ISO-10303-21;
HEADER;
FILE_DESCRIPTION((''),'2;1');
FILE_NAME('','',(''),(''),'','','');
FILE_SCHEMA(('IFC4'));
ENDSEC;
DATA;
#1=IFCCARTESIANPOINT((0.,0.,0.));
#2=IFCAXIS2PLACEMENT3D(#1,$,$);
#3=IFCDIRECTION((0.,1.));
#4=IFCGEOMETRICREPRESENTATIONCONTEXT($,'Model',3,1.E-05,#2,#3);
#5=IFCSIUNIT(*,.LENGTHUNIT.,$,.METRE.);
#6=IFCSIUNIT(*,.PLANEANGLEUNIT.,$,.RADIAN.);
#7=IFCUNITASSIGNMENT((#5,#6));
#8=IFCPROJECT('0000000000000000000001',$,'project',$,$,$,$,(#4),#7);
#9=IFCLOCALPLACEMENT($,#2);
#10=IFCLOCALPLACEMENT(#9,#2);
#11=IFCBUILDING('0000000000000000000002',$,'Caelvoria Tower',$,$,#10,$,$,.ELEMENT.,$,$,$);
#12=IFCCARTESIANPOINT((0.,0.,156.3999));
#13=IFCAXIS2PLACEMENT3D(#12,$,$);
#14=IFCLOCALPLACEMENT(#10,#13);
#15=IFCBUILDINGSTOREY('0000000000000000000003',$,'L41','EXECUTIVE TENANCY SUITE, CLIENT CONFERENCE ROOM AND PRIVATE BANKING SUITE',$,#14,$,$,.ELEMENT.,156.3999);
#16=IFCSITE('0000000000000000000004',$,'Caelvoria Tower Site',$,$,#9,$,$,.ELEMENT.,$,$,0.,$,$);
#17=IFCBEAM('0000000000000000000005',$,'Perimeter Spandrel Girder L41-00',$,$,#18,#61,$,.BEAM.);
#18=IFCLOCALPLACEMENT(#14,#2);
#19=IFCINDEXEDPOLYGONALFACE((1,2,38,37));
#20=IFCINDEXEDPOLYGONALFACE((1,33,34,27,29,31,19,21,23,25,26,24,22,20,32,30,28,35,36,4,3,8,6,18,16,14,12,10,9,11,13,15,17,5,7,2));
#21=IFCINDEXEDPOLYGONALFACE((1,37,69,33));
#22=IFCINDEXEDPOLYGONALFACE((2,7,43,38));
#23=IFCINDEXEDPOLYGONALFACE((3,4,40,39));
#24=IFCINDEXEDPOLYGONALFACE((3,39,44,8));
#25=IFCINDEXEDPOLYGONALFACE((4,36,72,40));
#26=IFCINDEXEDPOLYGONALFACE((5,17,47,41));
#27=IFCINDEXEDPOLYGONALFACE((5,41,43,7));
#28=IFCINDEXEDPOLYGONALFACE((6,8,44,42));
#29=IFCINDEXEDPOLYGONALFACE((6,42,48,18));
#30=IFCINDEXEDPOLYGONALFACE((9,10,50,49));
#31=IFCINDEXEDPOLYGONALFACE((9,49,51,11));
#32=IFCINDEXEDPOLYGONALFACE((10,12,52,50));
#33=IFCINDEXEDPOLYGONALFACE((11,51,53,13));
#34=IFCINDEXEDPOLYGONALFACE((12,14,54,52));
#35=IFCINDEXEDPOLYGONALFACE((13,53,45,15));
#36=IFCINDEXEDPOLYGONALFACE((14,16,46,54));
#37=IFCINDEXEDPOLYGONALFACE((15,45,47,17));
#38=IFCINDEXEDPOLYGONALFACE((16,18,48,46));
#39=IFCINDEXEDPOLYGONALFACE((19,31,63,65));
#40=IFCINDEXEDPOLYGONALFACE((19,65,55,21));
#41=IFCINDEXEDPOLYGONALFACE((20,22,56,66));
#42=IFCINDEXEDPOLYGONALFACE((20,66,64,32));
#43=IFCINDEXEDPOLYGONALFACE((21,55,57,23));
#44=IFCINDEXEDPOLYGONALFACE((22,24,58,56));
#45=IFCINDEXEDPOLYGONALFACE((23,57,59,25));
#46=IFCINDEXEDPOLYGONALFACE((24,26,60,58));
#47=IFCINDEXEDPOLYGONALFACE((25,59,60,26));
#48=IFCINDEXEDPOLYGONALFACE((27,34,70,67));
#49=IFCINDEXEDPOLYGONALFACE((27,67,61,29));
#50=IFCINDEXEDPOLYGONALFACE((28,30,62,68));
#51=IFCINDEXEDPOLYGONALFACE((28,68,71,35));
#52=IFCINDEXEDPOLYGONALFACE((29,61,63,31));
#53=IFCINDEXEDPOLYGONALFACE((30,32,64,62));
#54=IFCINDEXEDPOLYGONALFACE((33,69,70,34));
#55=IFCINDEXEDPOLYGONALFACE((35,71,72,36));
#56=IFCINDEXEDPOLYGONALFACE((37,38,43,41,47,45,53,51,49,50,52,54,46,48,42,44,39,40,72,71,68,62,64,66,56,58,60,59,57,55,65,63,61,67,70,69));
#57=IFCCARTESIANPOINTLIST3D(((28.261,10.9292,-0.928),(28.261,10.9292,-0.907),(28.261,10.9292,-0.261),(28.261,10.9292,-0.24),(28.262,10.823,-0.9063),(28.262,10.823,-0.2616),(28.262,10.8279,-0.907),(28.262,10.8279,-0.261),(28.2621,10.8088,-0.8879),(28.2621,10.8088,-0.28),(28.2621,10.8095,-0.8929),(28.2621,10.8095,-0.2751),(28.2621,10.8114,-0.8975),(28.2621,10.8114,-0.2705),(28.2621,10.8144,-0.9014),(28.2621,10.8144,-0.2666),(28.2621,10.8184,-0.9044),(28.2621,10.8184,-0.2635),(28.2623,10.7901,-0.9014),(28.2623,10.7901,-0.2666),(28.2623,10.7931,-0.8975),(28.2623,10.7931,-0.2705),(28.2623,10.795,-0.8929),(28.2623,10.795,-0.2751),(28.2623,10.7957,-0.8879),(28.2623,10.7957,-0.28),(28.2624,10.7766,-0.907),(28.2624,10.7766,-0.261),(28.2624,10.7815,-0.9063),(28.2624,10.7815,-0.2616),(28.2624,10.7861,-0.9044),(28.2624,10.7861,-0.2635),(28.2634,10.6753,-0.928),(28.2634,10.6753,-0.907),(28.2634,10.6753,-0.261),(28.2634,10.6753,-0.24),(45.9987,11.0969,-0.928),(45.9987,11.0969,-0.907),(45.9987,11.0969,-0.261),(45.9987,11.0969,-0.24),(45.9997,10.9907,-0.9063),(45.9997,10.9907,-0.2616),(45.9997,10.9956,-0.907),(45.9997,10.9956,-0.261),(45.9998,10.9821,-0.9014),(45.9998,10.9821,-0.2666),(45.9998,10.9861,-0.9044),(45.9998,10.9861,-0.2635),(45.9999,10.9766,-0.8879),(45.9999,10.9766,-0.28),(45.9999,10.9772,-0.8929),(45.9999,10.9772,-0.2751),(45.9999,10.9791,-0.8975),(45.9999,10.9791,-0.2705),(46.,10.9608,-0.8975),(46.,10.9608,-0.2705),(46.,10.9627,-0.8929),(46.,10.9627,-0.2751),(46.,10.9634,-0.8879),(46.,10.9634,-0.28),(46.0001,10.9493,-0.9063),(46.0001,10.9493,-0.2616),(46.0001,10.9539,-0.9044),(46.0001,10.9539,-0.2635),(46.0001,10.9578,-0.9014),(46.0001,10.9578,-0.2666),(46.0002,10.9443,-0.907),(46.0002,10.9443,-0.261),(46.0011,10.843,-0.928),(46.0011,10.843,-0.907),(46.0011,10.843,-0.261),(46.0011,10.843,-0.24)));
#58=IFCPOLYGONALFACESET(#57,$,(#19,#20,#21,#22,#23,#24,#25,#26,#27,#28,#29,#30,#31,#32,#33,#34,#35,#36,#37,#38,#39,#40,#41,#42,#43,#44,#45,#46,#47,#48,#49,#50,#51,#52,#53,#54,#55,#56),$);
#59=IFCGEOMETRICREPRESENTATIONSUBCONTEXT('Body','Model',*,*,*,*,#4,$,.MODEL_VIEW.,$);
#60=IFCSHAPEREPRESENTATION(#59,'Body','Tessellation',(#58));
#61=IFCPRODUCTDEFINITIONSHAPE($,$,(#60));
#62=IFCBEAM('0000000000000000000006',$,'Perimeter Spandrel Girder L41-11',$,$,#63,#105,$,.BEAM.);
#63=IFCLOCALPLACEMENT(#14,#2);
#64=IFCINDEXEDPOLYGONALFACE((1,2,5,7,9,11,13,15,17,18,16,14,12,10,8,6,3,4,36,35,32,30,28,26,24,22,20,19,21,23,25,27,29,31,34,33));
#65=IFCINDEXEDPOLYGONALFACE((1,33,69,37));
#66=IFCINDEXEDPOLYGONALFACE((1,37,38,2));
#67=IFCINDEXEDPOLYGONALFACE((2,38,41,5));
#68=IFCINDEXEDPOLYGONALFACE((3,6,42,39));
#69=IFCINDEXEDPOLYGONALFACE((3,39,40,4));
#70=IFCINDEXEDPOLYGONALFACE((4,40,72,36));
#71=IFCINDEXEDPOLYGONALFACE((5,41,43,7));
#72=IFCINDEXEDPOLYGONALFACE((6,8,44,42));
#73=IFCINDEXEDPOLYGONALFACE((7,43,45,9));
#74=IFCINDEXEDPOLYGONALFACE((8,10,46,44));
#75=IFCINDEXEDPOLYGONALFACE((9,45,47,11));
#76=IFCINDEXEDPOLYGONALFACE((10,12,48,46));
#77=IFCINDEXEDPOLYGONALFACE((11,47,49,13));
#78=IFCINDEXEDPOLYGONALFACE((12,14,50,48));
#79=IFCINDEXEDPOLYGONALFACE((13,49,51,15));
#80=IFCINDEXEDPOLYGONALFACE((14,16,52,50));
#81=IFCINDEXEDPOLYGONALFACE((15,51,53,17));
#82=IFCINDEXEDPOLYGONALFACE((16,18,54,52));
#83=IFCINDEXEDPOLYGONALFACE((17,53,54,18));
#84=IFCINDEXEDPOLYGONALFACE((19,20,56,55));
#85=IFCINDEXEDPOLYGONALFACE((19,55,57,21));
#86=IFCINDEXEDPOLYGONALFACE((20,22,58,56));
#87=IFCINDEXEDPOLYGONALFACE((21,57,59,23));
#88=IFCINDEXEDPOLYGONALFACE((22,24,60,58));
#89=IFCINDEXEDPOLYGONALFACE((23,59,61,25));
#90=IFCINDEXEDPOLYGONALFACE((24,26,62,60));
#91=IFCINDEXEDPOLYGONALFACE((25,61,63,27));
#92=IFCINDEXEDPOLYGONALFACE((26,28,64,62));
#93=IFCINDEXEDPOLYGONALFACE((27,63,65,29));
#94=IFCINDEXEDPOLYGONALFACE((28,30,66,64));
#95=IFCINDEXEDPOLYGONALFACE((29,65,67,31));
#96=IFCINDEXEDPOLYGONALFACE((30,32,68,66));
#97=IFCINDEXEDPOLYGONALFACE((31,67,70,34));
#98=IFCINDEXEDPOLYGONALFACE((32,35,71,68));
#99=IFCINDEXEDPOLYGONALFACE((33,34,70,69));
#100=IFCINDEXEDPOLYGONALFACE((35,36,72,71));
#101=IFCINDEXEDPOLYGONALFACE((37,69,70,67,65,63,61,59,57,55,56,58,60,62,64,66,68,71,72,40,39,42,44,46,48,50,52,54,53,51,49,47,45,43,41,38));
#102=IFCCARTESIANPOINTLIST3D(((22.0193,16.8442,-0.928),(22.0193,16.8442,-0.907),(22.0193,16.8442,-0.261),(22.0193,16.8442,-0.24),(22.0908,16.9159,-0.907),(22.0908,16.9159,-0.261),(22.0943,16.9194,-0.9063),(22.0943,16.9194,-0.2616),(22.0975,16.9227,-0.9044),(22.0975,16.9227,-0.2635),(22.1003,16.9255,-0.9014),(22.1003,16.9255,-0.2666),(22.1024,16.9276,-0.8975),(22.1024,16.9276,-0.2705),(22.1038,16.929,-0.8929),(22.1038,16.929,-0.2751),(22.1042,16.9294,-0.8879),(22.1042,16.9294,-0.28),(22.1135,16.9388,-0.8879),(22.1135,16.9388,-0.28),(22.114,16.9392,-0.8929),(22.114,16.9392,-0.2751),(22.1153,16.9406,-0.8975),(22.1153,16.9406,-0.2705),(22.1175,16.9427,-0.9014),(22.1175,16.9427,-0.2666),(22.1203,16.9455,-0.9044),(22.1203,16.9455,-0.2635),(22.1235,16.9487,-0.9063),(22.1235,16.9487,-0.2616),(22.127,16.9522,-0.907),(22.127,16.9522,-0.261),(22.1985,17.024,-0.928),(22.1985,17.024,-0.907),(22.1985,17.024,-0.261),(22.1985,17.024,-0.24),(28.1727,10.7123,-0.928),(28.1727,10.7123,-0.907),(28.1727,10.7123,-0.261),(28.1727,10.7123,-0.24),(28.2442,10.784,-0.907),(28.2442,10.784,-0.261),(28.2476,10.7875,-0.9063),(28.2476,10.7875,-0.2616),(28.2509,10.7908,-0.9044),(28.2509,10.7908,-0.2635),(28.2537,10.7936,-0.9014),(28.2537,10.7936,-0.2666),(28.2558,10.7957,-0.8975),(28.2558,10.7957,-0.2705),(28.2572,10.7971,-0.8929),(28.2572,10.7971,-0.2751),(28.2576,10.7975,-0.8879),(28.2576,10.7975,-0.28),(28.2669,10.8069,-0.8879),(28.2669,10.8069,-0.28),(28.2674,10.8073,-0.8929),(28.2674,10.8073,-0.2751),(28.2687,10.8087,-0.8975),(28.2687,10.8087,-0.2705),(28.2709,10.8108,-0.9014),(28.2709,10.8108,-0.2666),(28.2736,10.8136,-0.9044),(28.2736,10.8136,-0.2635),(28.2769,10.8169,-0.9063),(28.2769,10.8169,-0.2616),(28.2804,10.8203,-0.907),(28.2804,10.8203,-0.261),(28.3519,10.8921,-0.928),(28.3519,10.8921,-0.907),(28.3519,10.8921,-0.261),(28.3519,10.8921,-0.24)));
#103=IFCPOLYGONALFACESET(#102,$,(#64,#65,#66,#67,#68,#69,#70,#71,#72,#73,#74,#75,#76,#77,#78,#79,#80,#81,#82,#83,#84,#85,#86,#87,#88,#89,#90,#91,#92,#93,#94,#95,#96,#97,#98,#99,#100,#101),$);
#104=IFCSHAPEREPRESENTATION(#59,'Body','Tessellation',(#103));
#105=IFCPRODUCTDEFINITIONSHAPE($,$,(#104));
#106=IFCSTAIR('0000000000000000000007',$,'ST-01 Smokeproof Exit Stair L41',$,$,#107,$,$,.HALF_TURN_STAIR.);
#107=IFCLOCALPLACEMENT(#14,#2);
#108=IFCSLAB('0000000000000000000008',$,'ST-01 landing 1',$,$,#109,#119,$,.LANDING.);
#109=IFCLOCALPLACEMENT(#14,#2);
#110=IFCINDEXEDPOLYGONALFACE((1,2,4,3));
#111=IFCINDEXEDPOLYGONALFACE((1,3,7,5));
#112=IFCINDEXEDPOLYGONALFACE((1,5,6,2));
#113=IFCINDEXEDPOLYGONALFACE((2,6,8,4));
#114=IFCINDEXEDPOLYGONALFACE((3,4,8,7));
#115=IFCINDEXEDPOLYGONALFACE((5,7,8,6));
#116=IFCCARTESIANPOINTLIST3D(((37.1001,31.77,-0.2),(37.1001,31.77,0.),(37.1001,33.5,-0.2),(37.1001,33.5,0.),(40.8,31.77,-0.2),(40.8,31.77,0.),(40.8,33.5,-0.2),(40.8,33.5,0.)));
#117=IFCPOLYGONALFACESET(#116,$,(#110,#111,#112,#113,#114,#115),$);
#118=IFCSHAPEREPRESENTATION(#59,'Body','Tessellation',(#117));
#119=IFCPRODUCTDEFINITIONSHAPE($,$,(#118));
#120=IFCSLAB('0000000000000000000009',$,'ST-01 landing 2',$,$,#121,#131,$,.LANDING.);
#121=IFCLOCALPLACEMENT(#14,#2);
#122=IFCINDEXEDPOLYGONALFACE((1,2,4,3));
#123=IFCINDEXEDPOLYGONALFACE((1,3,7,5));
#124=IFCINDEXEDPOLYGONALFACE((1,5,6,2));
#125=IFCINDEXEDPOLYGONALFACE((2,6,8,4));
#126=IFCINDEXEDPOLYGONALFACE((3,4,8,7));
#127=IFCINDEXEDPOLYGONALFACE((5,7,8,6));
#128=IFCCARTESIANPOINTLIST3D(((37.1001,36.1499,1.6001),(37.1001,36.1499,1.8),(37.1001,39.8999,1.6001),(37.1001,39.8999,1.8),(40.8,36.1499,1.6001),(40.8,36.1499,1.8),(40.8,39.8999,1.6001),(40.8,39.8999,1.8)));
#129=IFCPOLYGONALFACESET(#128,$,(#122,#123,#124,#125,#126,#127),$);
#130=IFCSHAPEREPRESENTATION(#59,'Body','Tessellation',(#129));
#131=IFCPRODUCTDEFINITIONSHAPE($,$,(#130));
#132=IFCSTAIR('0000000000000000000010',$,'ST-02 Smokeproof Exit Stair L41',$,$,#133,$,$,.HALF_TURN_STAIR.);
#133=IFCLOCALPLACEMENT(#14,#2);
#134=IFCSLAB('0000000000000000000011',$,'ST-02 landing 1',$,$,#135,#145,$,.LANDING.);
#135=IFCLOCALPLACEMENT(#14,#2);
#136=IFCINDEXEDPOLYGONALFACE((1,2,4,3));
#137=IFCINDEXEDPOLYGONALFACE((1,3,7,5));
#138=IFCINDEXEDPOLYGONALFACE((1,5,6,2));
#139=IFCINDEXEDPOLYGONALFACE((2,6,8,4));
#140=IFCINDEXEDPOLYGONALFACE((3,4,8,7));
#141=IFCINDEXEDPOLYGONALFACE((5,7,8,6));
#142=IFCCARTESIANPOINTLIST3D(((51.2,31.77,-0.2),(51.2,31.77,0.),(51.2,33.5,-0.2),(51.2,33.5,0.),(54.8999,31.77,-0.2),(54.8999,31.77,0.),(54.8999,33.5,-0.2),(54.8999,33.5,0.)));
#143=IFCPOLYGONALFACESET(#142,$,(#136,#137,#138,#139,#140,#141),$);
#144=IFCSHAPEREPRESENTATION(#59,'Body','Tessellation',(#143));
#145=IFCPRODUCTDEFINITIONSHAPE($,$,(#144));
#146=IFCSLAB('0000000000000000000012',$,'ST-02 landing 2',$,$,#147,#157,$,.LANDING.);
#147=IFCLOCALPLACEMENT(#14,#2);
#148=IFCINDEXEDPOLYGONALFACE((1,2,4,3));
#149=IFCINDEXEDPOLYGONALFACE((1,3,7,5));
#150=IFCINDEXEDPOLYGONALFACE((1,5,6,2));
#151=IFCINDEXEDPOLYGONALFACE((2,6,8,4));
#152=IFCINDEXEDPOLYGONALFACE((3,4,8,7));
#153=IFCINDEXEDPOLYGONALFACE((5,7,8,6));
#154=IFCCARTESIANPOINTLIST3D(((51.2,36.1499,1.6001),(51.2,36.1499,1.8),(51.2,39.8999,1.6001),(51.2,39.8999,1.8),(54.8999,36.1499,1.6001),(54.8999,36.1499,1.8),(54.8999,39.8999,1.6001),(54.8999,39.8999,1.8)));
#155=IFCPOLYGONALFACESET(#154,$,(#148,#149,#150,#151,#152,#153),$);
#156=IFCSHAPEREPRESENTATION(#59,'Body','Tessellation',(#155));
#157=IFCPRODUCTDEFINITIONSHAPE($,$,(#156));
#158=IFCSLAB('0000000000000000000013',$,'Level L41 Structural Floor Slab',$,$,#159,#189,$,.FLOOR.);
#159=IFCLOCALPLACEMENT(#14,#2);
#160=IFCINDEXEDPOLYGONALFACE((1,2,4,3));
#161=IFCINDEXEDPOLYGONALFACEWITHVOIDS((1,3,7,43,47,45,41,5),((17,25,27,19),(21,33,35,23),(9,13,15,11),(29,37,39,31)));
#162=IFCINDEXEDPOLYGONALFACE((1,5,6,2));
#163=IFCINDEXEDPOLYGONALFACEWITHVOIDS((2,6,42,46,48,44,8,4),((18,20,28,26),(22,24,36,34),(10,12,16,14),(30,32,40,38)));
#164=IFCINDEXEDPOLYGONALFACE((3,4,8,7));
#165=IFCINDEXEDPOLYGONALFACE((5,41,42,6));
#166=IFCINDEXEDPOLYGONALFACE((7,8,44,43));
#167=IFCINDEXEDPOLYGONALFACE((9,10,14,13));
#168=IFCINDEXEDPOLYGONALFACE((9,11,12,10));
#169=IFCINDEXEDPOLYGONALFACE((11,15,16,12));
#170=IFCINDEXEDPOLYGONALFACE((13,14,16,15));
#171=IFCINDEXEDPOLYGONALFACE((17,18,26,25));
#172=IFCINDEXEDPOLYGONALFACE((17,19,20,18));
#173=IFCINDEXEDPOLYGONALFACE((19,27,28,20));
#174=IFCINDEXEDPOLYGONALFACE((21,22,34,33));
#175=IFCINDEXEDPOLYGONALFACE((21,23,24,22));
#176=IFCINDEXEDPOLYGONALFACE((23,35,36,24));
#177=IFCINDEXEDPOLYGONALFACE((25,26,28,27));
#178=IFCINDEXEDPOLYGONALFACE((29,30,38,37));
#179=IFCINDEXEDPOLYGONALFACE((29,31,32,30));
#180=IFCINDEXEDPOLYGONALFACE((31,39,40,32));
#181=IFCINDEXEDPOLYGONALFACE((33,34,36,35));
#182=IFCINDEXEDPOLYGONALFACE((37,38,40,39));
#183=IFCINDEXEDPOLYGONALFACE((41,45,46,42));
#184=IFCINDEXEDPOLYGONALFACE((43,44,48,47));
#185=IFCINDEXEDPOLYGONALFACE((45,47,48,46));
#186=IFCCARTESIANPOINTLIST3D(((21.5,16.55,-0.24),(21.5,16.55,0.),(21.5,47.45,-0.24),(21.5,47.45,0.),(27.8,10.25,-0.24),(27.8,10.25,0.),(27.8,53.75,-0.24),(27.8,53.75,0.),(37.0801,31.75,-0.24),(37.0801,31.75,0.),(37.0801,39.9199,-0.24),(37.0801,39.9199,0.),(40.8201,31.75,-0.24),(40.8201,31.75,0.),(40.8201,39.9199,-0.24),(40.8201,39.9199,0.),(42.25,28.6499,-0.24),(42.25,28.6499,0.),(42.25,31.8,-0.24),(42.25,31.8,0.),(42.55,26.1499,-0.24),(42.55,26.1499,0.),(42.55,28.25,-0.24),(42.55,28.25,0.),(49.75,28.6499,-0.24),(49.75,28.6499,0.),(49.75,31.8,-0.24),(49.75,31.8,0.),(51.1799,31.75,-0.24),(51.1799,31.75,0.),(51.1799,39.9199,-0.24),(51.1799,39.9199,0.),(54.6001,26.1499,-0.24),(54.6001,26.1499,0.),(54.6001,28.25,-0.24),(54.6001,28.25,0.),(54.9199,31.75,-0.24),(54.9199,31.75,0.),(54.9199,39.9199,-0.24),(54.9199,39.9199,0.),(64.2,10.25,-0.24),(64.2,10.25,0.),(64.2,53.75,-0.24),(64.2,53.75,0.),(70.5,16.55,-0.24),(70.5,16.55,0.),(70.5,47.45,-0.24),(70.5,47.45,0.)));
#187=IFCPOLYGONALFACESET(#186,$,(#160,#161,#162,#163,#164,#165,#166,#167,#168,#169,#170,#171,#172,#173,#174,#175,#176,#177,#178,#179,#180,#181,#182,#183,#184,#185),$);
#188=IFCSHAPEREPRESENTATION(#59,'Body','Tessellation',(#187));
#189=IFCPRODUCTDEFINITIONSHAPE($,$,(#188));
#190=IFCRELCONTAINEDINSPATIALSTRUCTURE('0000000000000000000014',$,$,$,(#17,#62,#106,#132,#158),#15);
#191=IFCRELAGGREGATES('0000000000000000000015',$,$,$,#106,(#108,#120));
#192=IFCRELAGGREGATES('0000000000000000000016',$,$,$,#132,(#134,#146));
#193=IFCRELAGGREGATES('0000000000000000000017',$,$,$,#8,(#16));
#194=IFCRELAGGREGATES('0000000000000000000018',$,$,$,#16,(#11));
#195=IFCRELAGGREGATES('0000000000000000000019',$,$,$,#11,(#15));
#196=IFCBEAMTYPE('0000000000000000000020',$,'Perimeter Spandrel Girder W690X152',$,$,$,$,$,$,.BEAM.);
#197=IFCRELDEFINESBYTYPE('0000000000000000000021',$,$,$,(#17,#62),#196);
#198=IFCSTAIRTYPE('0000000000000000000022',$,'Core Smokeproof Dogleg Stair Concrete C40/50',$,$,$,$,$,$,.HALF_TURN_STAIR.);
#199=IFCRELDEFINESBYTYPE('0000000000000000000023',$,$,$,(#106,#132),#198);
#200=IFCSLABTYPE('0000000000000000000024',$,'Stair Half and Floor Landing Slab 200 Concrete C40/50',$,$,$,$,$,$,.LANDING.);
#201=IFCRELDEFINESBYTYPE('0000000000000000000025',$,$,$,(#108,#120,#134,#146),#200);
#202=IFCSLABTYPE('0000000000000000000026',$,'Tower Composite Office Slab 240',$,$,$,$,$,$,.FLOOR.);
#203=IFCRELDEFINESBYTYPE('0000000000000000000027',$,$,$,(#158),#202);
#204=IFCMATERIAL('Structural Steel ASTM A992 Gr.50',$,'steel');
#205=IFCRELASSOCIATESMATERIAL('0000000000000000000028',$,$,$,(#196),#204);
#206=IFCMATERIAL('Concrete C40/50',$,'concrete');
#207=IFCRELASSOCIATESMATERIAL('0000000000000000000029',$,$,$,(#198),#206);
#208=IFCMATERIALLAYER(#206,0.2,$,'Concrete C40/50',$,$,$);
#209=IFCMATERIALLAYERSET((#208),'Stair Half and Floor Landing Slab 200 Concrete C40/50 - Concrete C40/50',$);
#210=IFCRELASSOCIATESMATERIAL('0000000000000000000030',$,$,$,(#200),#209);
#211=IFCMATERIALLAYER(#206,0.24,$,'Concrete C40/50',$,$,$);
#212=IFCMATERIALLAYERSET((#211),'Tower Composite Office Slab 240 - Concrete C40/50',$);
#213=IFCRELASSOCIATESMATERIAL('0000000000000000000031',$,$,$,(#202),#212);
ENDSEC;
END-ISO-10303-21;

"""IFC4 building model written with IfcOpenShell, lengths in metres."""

from ifc_helpers import new_model, si_unit, direction, frame, origin, origin_2d, place, context, subcontext, project, spatial, polyline, i_section, outline, extrude, material, layer, layer_set, material_profile, profile_set, type_object, element, aggregate, save


model = new_model("IFC4")

# Units and contexts
model_context = context("Model", 3, precision=1e-05, world=origin(), true_north=direction((0.0, 1.0)))
body_context = subcontext(model_context, "Body", "Model", "MODEL_VIEW")
ifc_project = project(units=[si_unit("LENGTHUNIT", "METRE"), si_unit("PLANEANGLEUNIT", "RADIAN")], contexts=[model_context])

# Site, building, storey
site_placement = place(None, origin())
site = spatial("IfcSite", under=ifc_project, at=site_placement, Name="Caelvoria Tower Site", CompositionType="ELEMENT", RefElevation=0.0)
building_placement = place(site_placement, origin())
building = spatial("IfcBuilding", under=site, at=building_placement, Name="Caelvoria Tower", CompositionType="ELEMENT")
storey_placement = place(building_placement, frame((0.0, 0.0, 156.3999)))
storey = spatial("IfcBuildingStorey", under=building, at=storey_placement, Name="L41", Description="EXECUTIVE TENANCY SUITE, CLIENT CONFERENCE ROOM AND PRIVATE BANKING SUITE", CompositionType="ELEMENT", Elevation=156.3999)

# Shared definitions
ifc_material_1 = material(Name="Structural Steel ASTM A992 Gr.50", Category="steel")

# Beams
ifc_material_profile_1 = material_profile(ifc_material_1, i_section(OverallWidth=0.2539, OverallDepth=0.688, WebThickness=0.0132, FlangeThickness=0.021, FilletRadius=0.019, at=origin_2d()), Name="Structural Steel ASTM A992 Gr.50")
ifc_profile_set_1 = profile_set([ifc_material_profile_1], Name="W690X152 - Structural Steel ASTM A992 Gr.50")
beam_type = type_object("IfcBeamType", Name="Perimeter Spandrel Girder W690X152", PredefinedType="BEAM", material=ifc_profile_set_1)
beam_1_placement = place(storey_placement, frame((28.2622, 10.8022, -0.584), z_axis=(0.999955, 0.009455, 0.0), x_axis=(-0.009455, 0.999955, 0.0)))
element("IfcBeam", 1, at=beam_1_placement, inside=storey, type_object=beam_type, Name="Perimeter Spandrel Girder L41-00", PredefinedType="BEAM", context=body_context, shape_type="SweptSolid", body=[
    extrude(i_section(OverallWidth=0.2539, OverallDepth=0.688, WebThickness=0.0132, FlangeThickness=0.021, FilletRadius=0.019, at=origin_2d()), origin(), (0.0, 0.0, 1.0), 17.7385),
])
beam_2_placement = place(storey_placement, frame((22.1089, 16.9341, -0.584), z_axis=(0.708342, -0.705869, 0.0), x_axis=(0.705869, 0.708342, 0.0)))
element("IfcBeam", 2, at=beam_2_placement, inside=storey, type_object=beam_type, Name="Perimeter Spandrel Girder L41-11", PredefinedType="BEAM", context=body_context, shape_type="SweptSolid", body=[
    extrude(i_section(OverallWidth=0.2539, OverallDepth=0.688, WebThickness=0.0132, FlangeThickness=0.021, FilletRadius=0.019, at=origin_2d()), origin(), (0.0, 0.0, 1.0), 8.687),
])

# Stairs, slabs
ifc_material_2 = material(Name="Concrete C40/50", Category="concrete")
stair_type = type_object("IfcStairType", Name="Core Smokeproof Dogleg Stair Concrete C40/50", PredefinedType="HALF_TURN_STAIR", material=ifc_material_2)
stair_1_placement = place(storey_placement, origin())
stair_1 = element("IfcStair", 3, at=stair_1_placement, inside=storey, type_object=stair_type, Name="ST-01 Smokeproof Exit Stair L41", PredefinedType="HALF_TURN_STAIR")
ifc_layer_1 = layer(ifc_material_2, 0.2, Name="Concrete C40/50")
ifc_layer_set_1 = layer_set([ifc_layer_1], Name="Stair Half and Floor Landing Slab 200 Concrete C40/50 - Concrete C40/50")
slab_type_1 = type_object("IfcSlabType", Name="Stair Half and Floor Landing Slab 200 Concrete C40/50", PredefinedType="LANDING", material=ifc_layer_set_1)
slab_1_placement = place(storey_placement, frame((0.0, 0.0, -0.2)))
slab_1 = element("IfcSlab", 4, at=slab_1_placement, type_object=slab_type_1, Name="ST-01 landing 1", PredefinedType="LANDING", context=body_context, shape_type="SweptSolid", body=[
    extrude(outline(polyline([(37.1001, 31.77), (40.8, 31.77), (40.8, 33.5), (37.1001, 33.5), (37.1001, 31.77)])), origin(), (0.0, 0.0, 1.0), 0.2),
])
slab_2_placement = place(storey_placement, frame((0.0, 0.0, 1.6001)))
slab_2 = element("IfcSlab", 5, at=slab_2_placement, type_object=slab_type_1, Name="ST-01 landing 2", PredefinedType="LANDING", context=body_context, shape_type="SweptSolid", body=[
    extrude(outline(polyline([(37.1001, 36.1499), (40.8, 36.1499), (40.8, 39.8999), (37.1001, 39.8999), (37.1001, 36.1499)])), origin(), (0.0, 0.0, 1.0), 0.2),
])
aggregate(stair_1, [slab_1, slab_2])
stair_2_placement = place(storey_placement, origin())
stair_2 = element("IfcStair", 6, at=stair_2_placement, inside=storey, type_object=stair_type, Name="ST-02 Smokeproof Exit Stair L41", PredefinedType="HALF_TURN_STAIR")
slab_3_placement = place(storey_placement, frame((0.0, 0.0, -0.2)))
slab_3 = element("IfcSlab", 7, at=slab_3_placement, type_object=slab_type_1, Name="ST-02 landing 1", PredefinedType="LANDING", context=body_context, shape_type="SweptSolid", body=[
    extrude(outline(polyline([(51.2, 31.77), (54.8999, 31.77), (54.8999, 33.5), (51.2, 33.5), (51.2, 31.77)])), origin(), (0.0, 0.0, 1.0), 0.2),
])
slab_4_placement = place(storey_placement, frame((0.0, 0.0, 1.6001)))
slab_4 = element("IfcSlab", 8, at=slab_4_placement, type_object=slab_type_1, Name="ST-02 landing 2", PredefinedType="LANDING", context=body_context, shape_type="SweptSolid", body=[
    extrude(outline(polyline([(51.2, 36.1499), (54.8999, 36.1499), (54.8999, 39.8999), (51.2, 39.8999), (51.2, 36.1499)])), origin(), (0.0, 0.0, 1.0), 0.2),
])
aggregate(stair_2, [slab_3, slab_4])

# Slab
ifc_layer_2 = layer(ifc_material_2, 0.24, Name="Concrete C40/50")
ifc_layer_set_2 = layer_set([ifc_layer_2], Name="Tower Composite Office Slab 240 - Concrete C40/50")
slab_type_2 = type_object("IfcSlabType", Name="Tower Composite Office Slab 240", PredefinedType="FLOOR", material=ifc_layer_set_2)
slab_5_placement = place(storey_placement, frame((0.0, 0.0, -0.24)))
element("IfcSlab", 9, at=slab_5_placement, inside=storey, type_object=slab_type_2, Name="Level L41 Structural Floor Slab", PredefinedType="FLOOR", context=body_context, shape_type="SweptSolid", body=[
    extrude(outline(polyline([(27.8, 10.25), (64.2, 10.25), (70.5, 16.55), (70.5, 47.45), (64.2, 53.75), (27.8, 53.75), (21.5, 47.45), (21.5, 16.55), (27.8, 10.25)]), holes=[polyline([(37.0801, 31.75), (40.8201, 31.75), (40.8201, 39.9199), (37.0801, 39.9199), (37.0801, 31.75)]), polyline([(51.1799, 31.75), (54.9199, 31.75), (54.9199, 39.9199), (51.1799, 39.9199), (51.1799, 31.75)]), polyline([(42.25, 28.6499), (49.75, 28.6499), (49.75, 31.8), (42.25, 31.8), (42.25, 28.6499)]), polyline([(42.55, 26.1499), (54.6001, 26.1499), (54.6001, 28.25), (42.55, 28.25), (42.55, 26.1499)])]), origin(), (0.0, 0.0, 1.0), 0.24),
])

save(model, "model.ifc")
